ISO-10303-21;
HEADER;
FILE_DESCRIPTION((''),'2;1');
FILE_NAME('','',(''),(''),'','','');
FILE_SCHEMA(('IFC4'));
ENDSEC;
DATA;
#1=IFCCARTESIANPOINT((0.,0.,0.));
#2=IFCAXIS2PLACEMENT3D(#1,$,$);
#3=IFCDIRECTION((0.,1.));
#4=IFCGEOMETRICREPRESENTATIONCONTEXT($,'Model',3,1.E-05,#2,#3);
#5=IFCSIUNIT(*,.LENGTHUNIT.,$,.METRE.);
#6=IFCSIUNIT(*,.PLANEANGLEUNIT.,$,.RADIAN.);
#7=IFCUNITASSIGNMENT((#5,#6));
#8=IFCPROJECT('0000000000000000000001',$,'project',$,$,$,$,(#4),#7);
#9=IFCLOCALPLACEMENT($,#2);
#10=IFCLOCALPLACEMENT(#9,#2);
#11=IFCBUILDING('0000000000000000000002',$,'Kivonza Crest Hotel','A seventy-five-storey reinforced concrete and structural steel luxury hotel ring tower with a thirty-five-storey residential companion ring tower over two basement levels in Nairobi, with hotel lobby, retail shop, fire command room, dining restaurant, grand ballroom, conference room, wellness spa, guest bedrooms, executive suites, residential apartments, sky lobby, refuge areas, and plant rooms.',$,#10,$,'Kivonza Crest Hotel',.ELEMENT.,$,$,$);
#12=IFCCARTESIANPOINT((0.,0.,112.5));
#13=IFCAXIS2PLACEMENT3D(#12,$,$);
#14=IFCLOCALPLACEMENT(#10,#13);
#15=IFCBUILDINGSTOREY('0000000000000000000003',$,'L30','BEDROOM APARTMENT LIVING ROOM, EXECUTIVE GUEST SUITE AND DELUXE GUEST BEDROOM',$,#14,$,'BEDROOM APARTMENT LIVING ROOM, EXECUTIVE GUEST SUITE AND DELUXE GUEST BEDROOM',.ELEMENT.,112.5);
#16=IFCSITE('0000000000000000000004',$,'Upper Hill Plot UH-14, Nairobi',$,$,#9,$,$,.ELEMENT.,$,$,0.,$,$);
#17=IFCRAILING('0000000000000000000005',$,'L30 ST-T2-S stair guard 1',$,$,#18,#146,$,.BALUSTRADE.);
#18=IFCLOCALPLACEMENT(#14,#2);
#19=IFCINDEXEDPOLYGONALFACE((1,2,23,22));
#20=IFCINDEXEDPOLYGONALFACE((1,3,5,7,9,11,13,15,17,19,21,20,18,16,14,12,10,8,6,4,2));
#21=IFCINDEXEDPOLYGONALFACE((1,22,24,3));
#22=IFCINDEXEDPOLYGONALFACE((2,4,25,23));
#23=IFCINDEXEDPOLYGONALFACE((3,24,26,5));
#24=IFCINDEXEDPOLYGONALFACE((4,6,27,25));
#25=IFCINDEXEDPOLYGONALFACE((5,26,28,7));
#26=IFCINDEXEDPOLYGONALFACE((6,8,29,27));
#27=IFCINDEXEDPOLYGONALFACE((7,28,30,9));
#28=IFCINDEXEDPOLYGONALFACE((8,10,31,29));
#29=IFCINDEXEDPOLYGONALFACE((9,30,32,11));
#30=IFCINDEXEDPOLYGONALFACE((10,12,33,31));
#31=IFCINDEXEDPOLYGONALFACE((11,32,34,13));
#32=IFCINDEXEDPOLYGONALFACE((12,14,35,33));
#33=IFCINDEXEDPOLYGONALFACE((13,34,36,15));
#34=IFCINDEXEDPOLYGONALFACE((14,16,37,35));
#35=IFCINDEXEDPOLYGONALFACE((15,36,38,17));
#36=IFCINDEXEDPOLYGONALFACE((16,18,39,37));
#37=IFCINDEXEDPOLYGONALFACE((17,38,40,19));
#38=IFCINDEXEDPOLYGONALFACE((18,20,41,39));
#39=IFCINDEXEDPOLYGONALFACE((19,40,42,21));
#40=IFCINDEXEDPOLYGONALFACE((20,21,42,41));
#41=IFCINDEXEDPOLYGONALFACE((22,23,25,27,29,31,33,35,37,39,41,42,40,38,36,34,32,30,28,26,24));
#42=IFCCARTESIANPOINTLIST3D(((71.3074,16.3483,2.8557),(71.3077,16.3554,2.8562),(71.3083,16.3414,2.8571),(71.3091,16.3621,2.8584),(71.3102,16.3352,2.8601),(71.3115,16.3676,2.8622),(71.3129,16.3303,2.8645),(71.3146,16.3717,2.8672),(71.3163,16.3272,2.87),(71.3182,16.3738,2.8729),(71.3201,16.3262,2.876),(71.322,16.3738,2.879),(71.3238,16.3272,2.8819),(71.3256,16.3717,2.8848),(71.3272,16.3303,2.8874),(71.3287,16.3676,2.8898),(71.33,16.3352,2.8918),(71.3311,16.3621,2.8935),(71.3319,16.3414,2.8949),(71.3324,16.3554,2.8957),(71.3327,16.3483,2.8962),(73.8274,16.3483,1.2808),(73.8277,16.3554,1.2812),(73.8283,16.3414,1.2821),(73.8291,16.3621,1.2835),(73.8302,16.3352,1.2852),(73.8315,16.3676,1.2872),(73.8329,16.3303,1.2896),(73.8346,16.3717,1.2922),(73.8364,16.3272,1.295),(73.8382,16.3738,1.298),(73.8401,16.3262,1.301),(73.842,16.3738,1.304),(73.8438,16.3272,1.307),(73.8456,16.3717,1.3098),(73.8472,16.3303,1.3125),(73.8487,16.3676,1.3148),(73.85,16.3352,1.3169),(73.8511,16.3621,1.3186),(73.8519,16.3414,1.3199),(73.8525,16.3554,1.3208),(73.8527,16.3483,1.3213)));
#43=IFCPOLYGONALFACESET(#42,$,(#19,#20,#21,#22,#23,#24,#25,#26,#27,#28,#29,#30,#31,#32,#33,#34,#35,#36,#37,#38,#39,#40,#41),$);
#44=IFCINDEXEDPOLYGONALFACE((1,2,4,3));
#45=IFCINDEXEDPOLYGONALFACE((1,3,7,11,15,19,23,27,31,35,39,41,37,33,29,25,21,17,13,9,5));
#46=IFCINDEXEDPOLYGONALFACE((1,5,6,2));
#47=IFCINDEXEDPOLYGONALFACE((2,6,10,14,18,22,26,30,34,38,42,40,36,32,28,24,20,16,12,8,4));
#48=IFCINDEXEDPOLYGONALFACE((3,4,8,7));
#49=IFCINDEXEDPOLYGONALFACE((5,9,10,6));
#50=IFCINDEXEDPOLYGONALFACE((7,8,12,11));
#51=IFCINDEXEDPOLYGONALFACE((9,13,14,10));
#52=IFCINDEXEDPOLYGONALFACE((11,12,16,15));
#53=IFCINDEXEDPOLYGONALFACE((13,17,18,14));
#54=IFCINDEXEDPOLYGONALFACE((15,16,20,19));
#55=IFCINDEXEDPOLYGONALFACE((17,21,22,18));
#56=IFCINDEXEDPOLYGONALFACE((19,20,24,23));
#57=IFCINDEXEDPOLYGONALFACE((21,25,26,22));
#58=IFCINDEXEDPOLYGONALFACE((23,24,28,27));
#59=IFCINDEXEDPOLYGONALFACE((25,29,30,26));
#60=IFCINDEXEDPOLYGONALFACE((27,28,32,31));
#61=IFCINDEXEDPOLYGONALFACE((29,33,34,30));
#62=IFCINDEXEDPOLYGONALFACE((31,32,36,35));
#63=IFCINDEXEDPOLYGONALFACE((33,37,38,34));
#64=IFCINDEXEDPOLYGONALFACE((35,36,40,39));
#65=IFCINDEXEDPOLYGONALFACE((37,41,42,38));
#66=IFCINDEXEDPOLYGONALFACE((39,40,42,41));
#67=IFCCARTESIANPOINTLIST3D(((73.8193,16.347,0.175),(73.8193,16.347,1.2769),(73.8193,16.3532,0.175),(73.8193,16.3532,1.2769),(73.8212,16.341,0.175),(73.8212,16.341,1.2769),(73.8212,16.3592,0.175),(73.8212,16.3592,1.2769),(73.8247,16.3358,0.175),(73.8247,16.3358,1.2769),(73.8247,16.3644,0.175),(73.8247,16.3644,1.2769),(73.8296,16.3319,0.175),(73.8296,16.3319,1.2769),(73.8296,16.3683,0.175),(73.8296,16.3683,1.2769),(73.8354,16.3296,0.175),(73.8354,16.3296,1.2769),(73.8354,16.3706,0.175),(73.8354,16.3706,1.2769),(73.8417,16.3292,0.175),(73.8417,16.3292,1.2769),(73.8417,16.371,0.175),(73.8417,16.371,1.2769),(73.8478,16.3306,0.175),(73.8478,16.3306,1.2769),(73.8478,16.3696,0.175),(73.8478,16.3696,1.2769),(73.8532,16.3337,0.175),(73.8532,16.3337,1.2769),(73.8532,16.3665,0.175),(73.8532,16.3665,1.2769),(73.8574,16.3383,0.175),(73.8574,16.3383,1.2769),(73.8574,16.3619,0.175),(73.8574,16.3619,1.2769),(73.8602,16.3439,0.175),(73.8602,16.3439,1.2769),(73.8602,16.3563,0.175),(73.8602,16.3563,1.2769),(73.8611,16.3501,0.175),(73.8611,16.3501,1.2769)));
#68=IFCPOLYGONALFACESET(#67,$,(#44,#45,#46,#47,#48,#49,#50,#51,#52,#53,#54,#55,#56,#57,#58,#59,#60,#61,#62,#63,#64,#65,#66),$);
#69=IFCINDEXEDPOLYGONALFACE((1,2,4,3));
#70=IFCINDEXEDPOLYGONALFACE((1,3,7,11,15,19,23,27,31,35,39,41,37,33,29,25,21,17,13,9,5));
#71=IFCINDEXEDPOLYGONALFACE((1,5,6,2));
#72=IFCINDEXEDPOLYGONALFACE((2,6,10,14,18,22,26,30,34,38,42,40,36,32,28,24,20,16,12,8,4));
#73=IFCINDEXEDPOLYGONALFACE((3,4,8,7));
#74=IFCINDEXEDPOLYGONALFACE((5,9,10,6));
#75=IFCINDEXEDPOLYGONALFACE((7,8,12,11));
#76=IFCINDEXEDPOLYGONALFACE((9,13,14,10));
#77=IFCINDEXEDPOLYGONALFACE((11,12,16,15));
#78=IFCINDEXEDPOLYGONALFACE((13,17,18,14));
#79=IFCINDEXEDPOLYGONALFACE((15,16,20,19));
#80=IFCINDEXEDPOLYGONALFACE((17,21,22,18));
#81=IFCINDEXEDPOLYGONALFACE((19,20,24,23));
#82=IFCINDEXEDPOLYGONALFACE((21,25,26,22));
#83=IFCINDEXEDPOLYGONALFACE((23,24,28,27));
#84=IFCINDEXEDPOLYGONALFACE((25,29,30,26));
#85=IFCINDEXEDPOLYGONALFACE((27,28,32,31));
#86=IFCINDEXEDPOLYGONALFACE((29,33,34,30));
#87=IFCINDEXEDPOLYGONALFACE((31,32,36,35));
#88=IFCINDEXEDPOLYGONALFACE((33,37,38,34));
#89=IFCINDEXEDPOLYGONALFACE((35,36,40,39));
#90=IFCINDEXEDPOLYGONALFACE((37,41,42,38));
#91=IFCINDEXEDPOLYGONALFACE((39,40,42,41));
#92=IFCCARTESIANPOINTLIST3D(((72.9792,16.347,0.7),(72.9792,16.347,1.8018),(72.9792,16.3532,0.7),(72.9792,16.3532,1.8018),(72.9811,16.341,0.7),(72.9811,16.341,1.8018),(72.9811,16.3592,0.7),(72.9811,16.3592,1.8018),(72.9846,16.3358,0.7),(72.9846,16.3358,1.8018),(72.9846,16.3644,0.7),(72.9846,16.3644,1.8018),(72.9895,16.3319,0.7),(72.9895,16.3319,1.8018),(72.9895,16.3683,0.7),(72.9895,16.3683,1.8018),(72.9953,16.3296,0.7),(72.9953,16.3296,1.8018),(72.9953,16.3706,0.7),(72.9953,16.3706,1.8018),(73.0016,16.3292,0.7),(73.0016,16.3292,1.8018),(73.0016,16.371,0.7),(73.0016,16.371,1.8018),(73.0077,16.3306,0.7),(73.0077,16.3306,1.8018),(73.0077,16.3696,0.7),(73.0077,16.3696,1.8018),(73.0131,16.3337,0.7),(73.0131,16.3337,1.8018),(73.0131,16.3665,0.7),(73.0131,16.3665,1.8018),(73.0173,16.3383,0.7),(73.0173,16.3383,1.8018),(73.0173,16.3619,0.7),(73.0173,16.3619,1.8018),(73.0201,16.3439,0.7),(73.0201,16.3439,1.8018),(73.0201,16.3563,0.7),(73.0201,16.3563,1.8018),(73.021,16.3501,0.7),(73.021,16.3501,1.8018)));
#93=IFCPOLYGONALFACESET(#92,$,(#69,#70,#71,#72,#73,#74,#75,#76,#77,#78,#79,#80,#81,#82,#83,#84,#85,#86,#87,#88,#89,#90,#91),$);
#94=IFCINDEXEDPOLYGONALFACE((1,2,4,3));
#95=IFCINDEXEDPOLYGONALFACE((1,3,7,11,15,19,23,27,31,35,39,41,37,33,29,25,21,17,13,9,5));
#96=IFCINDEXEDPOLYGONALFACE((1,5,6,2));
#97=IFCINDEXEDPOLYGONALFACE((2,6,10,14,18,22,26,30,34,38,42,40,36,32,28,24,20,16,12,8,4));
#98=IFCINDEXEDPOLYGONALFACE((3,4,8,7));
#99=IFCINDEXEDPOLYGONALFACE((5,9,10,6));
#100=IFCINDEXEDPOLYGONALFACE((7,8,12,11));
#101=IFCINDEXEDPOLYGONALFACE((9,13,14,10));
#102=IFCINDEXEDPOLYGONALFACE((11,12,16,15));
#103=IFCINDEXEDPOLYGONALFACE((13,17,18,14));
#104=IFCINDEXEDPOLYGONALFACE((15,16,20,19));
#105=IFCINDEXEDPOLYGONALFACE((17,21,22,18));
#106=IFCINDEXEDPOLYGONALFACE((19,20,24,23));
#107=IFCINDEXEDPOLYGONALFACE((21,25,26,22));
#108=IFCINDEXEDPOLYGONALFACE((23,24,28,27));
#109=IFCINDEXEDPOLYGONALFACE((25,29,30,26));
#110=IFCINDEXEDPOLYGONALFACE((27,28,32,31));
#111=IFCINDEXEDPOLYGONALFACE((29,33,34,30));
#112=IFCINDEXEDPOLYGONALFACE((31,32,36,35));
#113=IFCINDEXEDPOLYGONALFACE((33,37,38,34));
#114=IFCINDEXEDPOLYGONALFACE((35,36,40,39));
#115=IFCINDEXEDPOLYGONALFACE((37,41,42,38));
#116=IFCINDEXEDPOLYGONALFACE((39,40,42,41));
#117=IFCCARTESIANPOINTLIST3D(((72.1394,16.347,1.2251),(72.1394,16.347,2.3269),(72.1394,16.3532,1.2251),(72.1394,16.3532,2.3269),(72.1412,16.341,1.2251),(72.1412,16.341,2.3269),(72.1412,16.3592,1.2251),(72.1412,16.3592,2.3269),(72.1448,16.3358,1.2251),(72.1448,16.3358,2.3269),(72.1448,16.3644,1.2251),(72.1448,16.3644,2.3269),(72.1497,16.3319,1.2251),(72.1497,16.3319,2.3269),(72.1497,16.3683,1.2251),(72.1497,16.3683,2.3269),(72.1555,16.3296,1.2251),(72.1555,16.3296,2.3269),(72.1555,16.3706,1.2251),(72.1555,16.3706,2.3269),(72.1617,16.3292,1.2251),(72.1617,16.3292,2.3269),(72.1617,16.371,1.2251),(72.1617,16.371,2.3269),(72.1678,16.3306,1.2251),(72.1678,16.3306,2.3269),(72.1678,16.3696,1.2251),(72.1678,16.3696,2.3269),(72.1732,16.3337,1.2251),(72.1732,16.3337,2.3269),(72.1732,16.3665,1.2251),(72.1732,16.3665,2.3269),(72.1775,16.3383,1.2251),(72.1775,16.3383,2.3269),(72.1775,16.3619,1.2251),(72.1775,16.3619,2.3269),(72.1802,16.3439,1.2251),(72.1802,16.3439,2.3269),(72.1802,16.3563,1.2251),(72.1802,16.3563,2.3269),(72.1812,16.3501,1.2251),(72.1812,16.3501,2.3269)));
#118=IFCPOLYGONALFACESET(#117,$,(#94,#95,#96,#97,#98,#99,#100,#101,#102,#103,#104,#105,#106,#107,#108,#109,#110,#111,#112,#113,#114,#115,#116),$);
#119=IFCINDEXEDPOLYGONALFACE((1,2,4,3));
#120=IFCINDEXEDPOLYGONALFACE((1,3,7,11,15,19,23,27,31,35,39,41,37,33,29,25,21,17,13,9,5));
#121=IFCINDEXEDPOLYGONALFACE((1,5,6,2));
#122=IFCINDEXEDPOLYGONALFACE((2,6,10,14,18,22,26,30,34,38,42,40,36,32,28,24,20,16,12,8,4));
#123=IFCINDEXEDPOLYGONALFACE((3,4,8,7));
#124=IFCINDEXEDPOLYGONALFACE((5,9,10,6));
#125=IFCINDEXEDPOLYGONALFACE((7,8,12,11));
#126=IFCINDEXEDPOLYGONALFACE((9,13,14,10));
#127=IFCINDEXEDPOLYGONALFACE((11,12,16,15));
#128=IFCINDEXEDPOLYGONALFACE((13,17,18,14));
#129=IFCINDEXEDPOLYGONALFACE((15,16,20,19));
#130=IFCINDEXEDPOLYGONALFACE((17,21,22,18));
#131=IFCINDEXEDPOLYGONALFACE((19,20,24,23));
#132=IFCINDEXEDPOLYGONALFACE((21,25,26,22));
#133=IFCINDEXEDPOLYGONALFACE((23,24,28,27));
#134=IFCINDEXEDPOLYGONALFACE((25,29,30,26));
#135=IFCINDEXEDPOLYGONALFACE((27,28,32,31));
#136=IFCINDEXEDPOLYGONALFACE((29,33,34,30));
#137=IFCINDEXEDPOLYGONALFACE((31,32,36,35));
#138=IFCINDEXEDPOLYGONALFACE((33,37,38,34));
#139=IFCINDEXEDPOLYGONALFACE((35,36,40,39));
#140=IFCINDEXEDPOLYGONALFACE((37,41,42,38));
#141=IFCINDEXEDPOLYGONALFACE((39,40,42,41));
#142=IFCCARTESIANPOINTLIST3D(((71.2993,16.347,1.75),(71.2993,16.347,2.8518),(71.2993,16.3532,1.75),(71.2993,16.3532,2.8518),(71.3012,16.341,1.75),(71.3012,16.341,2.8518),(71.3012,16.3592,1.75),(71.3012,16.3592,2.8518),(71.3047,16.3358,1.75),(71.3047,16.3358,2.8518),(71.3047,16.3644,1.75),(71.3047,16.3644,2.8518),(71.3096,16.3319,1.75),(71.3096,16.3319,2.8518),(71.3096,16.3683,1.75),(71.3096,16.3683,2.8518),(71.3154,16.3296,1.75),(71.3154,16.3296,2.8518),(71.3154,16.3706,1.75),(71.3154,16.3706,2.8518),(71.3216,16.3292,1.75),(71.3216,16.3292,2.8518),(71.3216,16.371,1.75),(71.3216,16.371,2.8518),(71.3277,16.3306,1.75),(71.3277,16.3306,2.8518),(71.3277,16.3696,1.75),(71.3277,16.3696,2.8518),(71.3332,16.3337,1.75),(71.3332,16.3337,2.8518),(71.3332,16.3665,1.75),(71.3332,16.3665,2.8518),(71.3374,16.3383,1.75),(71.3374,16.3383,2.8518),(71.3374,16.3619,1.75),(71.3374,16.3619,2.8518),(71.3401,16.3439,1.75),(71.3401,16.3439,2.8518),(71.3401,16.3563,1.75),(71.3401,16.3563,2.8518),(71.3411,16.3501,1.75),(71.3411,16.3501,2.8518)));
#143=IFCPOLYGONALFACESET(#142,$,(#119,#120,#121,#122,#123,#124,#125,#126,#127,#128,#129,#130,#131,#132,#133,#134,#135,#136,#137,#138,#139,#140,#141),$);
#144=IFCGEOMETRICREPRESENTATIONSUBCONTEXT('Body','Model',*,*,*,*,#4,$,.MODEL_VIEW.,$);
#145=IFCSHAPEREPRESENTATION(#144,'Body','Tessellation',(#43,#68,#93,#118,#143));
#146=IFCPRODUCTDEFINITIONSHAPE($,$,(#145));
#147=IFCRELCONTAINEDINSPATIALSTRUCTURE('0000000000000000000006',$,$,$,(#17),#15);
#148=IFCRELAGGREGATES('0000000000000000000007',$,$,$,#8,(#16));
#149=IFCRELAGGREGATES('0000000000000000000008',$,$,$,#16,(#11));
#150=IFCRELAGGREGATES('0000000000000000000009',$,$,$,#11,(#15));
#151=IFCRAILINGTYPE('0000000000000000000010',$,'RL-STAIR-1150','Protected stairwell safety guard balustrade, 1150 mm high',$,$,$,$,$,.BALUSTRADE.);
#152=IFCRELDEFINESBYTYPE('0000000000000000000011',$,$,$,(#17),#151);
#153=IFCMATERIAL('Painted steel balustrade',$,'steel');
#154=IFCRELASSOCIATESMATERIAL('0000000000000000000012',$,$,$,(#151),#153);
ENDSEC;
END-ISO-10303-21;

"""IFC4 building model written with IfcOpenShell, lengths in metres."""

from ifc_helpers import new_model, si_unit, direction, frame, origin, origin_2d, place, context, subcontext, project, spatial, circle, extrude, material, type_object, element, save


model = new_model("IFC4")

# Units and contexts
model_context = context("Model", 3, precision=1e-05, world=origin(), true_north=direction((0.0, 1.0)))
body_context = subcontext(model_context, "Body", "Model", "MODEL_VIEW")
ifc_project = project(units=[si_unit("LENGTHUNIT", "METRE"), si_unit("PLANEANGLEUNIT", "RADIAN")], contexts=[model_context])

# Site, building, storey
site_placement = place(None, origin())
site = spatial("IfcSite", under=ifc_project, at=site_placement, Name="Upper Hill Plot UH-14, Nairobi", CompositionType="ELEMENT", RefElevation=0.0)
building_placement = place(site_placement, origin())
building = spatial("IfcBuilding", under=site, at=building_placement, Name="Kivonza Crest Hotel", Description="A seventy-five-storey reinforced concrete and structural steel luxury hotel ring tower with a thirty-five-storey residential companion ring tower over two basement levels in Nairobi, with hotel lobby, retail shop, fire command room, dining restaurant, grand ballroom, conference room, wellness spa, guest bedrooms, executive suites, residential apartments, sky lobby, refuge areas, and plant rooms.", LongName="Kivonza Crest Hotel", CompositionType="ELEMENT")
storey_placement = place(building_placement, frame((0.0, 0.0, 112.5)))
storey = spatial("IfcBuildingStorey", under=building, at=storey_placement, Name="L30", Description="BEDROOM APARTMENT LIVING ROOM, EXECUTIVE GUEST SUITE AND DELUXE GUEST BEDROOM", LongName="BEDROOM APARTMENT LIVING ROOM, EXECUTIVE GUEST SUITE AND DELUXE GUEST BEDROOM", CompositionType="ELEMENT", Elevation=112.5)

# Railing
ifc_material_1 = material(Name="Painted steel balustrade", Category="steel")
railing_type_1 = type_object("IfcRailingType", Name="RL-STAIR-1150", Description="Protected stairwell safety guard balustrade, 1150 mm high", PredefinedType="BALUSTRADE", material=ifc_material_1)
railing_1_placement = place(storey_placement, frame((73.8401, 16.3501, 0.175)))
element("IfcRailing", 1, at=railing_1_placement, inside=storey, type_object=railing_type_1, Name="L30 ST-T2-S stair guard 1", PredefinedType="BALUSTRADE", context=body_context, shape_type="SweptSolid", body=[
    extrude(circle(Radius=0.0239, at=origin_2d()), frame((0.0, 0.0, 1.126), z_axis=(-0.848008, 0.0, 0.529984), x_axis=(0.0, -1.0, 0.0)), (0.0, 0.0, 1.0), 2.9717),
    extrude(circle(Radius=0.021, at=origin_2d()), origin(), (0.0, 0.0, 1.0), 1.1018),
    extrude(circle(Radius=0.021, at=origin_2d()), frame((-0.8401, 0.0, 0.5249)), (0.0, 0.0, 1.0), 1.1018),
    extrude(circle(Radius=0.021, at=origin_2d()), frame((-1.6799, 0.0, 1.05)), (0.0, 0.0, 1.0), 1.1018),
    extrude(circle(Radius=0.021, at=origin_2d()), frame((-2.52, 0.0, 1.575)), (0.0, 0.0, 1.0), 1.1018),
])

save(model, "model.ifc")
